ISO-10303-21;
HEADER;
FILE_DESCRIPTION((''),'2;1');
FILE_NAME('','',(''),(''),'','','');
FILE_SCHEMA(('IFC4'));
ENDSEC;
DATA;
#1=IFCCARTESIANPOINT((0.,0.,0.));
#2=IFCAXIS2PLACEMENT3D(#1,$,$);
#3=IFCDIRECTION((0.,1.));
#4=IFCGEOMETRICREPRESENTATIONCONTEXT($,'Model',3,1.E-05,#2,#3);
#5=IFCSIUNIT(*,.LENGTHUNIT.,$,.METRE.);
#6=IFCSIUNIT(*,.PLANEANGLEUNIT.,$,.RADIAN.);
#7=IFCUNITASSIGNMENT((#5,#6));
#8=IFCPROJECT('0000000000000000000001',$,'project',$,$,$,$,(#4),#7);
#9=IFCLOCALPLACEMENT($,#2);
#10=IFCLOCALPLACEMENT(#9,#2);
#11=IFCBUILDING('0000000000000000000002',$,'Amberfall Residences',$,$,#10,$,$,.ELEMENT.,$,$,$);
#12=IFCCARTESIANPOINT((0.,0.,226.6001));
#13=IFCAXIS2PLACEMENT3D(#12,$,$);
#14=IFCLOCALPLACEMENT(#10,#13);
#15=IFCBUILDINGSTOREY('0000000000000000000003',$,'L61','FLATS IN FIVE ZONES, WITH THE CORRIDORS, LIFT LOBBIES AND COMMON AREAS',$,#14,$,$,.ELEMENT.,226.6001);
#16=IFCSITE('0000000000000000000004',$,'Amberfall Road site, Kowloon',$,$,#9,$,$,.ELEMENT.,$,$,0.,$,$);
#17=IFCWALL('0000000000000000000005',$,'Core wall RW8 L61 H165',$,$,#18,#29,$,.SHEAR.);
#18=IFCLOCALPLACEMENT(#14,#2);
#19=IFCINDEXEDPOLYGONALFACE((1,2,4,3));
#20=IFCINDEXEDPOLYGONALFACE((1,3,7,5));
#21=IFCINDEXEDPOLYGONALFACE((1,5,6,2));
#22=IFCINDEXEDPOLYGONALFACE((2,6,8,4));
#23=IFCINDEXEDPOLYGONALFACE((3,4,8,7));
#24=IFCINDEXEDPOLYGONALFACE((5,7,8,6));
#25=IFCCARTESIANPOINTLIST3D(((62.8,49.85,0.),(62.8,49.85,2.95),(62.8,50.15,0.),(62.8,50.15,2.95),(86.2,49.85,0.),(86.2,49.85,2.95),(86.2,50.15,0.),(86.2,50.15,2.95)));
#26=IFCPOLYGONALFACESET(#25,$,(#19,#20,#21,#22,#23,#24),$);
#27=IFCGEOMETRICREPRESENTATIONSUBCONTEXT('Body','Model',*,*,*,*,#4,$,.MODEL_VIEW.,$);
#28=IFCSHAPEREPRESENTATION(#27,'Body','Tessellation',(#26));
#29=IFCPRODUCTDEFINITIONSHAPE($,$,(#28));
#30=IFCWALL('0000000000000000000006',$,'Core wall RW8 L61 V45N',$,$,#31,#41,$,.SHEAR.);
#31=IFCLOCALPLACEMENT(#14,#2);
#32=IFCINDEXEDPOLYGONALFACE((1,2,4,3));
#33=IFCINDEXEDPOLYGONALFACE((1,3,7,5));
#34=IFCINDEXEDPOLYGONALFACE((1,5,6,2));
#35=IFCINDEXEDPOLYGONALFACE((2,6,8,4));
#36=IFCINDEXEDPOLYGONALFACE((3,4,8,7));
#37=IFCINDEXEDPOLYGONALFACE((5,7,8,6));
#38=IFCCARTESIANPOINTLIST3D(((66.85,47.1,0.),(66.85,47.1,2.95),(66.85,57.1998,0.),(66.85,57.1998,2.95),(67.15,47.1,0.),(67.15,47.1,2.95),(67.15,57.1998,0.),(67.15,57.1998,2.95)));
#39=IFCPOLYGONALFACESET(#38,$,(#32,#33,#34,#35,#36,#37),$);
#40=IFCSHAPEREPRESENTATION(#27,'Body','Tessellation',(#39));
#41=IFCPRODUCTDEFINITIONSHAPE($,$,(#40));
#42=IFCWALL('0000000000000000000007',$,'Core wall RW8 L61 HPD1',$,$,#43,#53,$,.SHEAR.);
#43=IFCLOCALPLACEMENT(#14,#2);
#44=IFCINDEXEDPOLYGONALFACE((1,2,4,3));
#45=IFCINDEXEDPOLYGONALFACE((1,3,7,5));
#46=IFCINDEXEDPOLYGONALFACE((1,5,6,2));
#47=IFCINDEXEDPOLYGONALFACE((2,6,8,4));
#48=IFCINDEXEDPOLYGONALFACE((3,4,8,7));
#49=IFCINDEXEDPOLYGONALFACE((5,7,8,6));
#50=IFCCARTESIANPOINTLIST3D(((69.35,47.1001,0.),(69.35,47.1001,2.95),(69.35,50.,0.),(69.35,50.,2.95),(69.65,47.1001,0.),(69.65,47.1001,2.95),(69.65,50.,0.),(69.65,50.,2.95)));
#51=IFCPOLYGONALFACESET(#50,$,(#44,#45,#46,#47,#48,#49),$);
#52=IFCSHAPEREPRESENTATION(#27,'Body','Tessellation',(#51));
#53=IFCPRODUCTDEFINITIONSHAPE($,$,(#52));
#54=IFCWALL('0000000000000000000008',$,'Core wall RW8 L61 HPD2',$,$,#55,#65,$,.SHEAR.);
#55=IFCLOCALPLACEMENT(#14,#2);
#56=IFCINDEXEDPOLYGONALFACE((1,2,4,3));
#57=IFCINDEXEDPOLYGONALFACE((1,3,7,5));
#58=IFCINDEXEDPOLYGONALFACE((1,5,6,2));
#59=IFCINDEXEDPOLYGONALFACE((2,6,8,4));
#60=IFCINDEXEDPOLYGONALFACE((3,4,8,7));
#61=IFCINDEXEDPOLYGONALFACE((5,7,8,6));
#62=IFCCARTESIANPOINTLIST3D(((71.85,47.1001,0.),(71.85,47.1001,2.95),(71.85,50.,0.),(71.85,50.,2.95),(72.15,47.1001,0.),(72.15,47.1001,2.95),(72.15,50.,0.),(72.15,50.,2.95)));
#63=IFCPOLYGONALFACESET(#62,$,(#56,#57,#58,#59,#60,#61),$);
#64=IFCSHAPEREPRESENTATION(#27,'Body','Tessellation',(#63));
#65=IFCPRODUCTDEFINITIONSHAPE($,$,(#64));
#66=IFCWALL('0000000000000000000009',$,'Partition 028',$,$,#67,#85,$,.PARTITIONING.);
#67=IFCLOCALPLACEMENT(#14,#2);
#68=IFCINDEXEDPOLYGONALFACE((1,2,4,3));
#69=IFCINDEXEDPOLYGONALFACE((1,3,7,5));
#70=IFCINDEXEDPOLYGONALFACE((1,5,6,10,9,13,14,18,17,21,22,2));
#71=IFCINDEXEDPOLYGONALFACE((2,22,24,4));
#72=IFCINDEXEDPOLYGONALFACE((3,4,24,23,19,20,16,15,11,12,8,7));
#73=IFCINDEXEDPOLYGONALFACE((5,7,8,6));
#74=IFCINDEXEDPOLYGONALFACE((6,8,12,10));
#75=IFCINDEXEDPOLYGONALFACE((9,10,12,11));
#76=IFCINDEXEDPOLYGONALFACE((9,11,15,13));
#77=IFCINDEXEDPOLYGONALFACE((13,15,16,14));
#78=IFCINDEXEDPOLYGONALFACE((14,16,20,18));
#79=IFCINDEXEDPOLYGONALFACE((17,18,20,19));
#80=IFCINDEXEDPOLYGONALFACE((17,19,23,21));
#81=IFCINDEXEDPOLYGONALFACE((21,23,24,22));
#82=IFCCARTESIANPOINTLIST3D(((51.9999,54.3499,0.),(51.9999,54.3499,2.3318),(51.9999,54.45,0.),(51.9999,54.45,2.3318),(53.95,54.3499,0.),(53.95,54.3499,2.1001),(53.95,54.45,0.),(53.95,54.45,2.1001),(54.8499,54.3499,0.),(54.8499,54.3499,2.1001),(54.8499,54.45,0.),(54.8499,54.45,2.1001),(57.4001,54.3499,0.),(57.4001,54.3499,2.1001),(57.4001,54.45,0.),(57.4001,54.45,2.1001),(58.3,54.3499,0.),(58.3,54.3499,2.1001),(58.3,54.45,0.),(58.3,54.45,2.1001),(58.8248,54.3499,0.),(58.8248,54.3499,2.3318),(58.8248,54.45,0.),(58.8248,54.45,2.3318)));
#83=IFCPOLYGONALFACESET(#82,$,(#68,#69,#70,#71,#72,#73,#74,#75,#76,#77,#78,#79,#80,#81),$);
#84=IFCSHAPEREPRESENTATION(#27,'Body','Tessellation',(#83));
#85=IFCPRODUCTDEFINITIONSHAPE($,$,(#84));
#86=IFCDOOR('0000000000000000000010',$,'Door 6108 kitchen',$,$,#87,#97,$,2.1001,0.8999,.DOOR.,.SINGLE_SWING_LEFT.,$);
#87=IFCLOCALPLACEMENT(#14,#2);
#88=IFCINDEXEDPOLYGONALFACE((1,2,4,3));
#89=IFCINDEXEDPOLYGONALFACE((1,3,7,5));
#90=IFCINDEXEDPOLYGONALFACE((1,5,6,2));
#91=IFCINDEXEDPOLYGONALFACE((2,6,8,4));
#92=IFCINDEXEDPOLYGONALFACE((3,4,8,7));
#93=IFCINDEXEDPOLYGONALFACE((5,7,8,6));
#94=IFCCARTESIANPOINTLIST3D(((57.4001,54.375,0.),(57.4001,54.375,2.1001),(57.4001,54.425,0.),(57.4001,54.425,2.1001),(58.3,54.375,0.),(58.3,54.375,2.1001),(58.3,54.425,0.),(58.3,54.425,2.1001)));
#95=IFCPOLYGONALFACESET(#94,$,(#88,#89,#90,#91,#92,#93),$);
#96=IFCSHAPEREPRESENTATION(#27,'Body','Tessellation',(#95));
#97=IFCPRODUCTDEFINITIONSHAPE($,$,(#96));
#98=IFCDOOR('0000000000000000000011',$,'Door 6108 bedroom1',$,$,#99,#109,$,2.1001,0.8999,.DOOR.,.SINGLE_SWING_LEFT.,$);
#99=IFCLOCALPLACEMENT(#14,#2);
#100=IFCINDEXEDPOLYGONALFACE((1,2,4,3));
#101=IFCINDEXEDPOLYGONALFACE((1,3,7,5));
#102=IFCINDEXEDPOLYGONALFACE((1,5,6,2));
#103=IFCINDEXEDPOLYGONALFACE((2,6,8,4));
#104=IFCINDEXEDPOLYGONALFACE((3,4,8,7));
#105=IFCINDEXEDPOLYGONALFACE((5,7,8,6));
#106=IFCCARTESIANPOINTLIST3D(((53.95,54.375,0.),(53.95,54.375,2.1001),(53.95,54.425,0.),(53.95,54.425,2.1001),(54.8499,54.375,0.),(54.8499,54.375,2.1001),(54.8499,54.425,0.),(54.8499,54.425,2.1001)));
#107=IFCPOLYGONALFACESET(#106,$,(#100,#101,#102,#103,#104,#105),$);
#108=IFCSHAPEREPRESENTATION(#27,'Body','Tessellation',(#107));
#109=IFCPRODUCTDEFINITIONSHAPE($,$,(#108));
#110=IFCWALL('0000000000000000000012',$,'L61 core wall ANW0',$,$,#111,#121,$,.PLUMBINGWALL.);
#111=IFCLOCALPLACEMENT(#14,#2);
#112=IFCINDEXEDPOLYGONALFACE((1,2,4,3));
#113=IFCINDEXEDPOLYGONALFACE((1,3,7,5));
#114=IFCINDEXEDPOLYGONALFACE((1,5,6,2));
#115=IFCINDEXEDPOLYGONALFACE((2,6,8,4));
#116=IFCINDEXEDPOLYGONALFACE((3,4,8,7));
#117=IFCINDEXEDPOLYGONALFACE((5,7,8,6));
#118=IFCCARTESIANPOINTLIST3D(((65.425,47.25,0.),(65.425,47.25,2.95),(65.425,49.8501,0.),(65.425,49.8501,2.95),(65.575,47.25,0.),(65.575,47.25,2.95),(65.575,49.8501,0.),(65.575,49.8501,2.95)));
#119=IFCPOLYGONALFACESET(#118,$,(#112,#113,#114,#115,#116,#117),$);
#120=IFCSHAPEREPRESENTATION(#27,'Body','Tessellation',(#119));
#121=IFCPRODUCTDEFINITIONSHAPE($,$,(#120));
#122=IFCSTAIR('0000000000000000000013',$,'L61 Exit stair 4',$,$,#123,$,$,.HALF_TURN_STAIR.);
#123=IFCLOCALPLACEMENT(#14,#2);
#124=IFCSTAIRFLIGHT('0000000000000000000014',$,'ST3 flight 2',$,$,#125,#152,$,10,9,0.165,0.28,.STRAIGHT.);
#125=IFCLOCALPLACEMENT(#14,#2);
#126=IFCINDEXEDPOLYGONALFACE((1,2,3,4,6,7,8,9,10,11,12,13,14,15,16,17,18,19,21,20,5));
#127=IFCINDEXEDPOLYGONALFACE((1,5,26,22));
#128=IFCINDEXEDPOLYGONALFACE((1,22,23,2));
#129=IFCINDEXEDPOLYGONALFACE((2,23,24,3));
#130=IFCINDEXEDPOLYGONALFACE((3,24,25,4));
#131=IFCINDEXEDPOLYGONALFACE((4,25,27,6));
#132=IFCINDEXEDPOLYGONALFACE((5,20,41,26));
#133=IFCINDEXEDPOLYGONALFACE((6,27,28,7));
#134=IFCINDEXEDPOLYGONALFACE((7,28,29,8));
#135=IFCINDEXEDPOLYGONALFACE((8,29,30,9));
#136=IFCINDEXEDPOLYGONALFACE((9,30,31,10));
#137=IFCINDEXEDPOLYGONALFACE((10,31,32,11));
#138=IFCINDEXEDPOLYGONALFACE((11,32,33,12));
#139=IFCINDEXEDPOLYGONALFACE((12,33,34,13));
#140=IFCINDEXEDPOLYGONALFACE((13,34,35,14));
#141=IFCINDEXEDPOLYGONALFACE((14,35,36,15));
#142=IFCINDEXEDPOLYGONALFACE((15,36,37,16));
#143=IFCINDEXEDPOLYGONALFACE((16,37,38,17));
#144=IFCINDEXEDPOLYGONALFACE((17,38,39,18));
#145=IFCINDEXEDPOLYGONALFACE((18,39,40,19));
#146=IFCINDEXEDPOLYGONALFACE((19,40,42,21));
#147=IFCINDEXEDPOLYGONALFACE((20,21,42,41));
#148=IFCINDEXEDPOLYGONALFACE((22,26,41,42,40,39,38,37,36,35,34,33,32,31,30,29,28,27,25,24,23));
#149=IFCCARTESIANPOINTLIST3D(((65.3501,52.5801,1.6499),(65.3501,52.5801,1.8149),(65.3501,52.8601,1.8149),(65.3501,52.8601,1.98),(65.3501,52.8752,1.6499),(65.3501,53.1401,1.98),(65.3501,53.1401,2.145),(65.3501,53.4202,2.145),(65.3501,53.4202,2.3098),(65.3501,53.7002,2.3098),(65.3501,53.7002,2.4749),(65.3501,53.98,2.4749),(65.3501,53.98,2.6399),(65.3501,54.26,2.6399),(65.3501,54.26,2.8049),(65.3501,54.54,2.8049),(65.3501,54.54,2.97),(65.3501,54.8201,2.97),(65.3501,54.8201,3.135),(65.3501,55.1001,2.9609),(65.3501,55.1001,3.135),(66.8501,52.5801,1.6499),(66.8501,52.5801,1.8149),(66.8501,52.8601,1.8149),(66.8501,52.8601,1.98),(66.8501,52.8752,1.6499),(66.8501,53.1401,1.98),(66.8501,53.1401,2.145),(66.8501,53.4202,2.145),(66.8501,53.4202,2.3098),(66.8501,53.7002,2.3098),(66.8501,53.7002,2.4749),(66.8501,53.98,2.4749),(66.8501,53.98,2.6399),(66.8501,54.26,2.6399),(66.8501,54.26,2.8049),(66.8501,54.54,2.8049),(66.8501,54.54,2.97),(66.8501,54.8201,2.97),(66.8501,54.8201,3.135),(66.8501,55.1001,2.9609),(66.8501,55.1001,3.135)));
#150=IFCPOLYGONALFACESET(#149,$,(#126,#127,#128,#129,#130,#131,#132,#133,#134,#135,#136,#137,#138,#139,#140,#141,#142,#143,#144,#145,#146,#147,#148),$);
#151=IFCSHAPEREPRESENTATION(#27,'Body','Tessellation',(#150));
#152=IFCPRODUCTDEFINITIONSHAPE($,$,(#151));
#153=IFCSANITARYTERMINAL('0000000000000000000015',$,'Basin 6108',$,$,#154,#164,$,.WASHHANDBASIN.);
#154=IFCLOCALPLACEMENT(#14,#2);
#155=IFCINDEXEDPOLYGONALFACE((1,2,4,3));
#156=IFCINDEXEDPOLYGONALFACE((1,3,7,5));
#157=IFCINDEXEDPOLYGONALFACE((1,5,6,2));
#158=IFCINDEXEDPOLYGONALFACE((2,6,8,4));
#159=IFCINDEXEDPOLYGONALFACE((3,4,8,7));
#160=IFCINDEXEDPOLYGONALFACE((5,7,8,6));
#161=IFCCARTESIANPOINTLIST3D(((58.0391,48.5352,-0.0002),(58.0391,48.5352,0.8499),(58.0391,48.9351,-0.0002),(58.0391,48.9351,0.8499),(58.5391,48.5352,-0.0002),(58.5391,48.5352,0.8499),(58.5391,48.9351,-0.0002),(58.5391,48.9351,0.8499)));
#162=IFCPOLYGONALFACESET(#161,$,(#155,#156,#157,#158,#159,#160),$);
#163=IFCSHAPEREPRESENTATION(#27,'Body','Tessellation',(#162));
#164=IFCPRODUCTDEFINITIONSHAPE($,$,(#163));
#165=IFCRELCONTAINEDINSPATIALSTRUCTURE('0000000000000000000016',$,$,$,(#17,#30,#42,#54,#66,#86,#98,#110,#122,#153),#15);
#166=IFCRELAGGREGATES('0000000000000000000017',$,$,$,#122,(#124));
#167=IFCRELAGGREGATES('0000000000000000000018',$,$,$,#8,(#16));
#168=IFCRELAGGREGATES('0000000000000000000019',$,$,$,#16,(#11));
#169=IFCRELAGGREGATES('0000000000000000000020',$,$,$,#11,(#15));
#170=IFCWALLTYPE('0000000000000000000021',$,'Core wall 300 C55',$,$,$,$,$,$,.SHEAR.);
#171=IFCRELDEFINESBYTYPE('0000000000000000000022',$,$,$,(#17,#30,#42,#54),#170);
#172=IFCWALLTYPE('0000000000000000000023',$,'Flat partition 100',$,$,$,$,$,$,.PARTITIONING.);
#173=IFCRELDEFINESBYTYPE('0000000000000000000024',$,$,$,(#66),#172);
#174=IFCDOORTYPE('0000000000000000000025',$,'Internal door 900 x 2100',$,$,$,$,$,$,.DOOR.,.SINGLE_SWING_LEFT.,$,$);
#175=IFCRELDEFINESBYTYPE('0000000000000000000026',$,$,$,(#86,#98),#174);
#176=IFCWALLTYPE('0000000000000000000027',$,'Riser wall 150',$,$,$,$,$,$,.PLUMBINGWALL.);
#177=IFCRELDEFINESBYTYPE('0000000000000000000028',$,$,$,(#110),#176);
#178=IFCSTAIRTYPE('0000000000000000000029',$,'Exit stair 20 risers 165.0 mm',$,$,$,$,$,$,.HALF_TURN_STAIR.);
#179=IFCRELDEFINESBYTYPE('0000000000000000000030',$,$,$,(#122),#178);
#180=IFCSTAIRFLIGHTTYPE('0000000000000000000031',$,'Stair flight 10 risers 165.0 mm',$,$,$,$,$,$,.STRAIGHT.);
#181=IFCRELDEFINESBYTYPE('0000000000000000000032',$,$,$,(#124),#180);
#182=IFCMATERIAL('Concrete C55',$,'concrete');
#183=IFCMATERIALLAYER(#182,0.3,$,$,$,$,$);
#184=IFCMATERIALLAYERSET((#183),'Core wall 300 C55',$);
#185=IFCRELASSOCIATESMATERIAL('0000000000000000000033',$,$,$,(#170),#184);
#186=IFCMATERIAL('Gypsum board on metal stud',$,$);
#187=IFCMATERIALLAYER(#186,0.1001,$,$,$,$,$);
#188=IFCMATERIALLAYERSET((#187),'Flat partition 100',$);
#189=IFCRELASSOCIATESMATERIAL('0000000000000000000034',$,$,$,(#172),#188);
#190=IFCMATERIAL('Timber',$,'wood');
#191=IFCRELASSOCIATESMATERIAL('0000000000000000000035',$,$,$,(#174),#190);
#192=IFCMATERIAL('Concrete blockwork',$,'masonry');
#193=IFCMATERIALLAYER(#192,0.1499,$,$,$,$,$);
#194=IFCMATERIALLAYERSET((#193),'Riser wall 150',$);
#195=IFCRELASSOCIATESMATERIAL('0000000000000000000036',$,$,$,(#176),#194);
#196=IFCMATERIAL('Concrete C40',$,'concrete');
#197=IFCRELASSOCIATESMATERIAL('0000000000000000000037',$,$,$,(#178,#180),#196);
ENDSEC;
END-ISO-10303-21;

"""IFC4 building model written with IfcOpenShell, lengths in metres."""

from ifc_helpers import new_model, si_unit, direction, frame, frame_2d, origin, origin_2d, place, context, subcontext, project, spatial, polyline, rectangle, outline, extrude, material, layer, layer_set, type_object, element, fill, aggregate, save


model = new_model("IFC4")

# Units and contexts
model_context = context("Model", 3, precision=1e-05, world=origin(), true_north=direction((0.0, 1.0)))
body_context = subcontext(model_context, "Body", "Model", "MODEL_VIEW")
ifc_project = project(units=[si_unit("LENGTHUNIT", "METRE"), si_unit("PLANEANGLEUNIT", "RADIAN")], contexts=[model_context])

# Site, building, storey
site_placement = place(None, origin())
site = spatial("IfcSite", under=ifc_project, at=site_placement, Name="Amberfall Road site, Kowloon", CompositionType="ELEMENT", RefElevation=0.0)
building_placement = place(site_placement, origin())
building = spatial("IfcBuilding", under=site, at=building_placement, Name="Amberfall Residences", CompositionType="ELEMENT")
storey_placement = place(building_placement, frame((0.0, 0.0, 226.6001)))
storey = spatial("IfcBuildingStorey", under=building, at=storey_placement, Name="L61", Description="FLATS IN FIVE ZONES, WITH THE CORRIDORS, LIFT LOBBIES AND COMMON AREAS", CompositionType="ELEMENT", Elevation=226.6001)

# Shared definitions
ifc_material_1 = material(Name="Concrete C55", Category="concrete")
ifc_layer_1 = layer(ifc_material_1, 0.3)
ifc_layer_set_1 = layer_set([ifc_layer_1], Name="Core wall 300 C55")
wall_type_1 = type_object("IfcWallType", Name="Core wall 300 C55", PredefinedType="SHEAR", material=ifc_layer_set_1)

# Walls
wall_1_placement = place(storey_placement, frame((62.8, 50.0, 0.0), z_axis=(0.0, 0.0, 1.0), x_axis=(1.0, 0.0, 0.0)))
element("IfcWall", 1, at=wall_1_placement, inside=storey, type_object=wall_type_1, Name="Core wall RW8 L61 H165", PredefinedType="SHEAR", context=body_context, shape_type="SweptSolid", body=[
    extrude(rectangle(XDim=23.3999, YDim=0.3, at=frame_2d((11.7, 0.0))), origin(), (0.0, 0.0, 1.0), 2.95),
])
wall_2_placement = place(storey_placement, frame((67.0, 47.1001, 0.0), z_axis=(0.0, 0.0, 1.0), x_axis=(0.0, 1.0, 0.0)))
element("IfcWall", 2, at=wall_2_placement, inside=storey, type_object=wall_type_1, Name="Core wall RW8 L61 V45N", PredefinedType="SHEAR", context=body_context, shape_type="SweptSolid", body=[
    extrude(rectangle(XDim=10.0999, YDim=0.3, at=frame_2d((5.0498, 0.0))), origin(), (0.0, 0.0, 1.0), 2.95),
])
for number, where, z_axis, x_axis, name in (
    (3, (69.5, 47.1001, 0.0), (0.0, 0.0, 1.0), (0.0, 1.0, 0.0), "Core wall RW8 L61 HPD1"),
    (4, (72.0, 47.1001, 0.0), (0.0, 0.0, 1.0), (0.0, 1.0, 0.0), "Core wall RW8 L61 HPD2"),
):
    element("IfcWall", number, at=place(storey_placement, frame(where, z_axis=z_axis, x_axis=x_axis)), inside=storey, type_object=wall_type_1, Name=name, PredefinedType="SHEAR", context=body_context, shape_type="SweptSolid", body=[
        extrude(rectangle(XDim=2.8999, YDim=0.3, at=frame_2d((1.45, 0.0))), origin(), (0.0, 0.0, 1.0), 2.95),
    ])

# Wall, openings, doors
ifc_material_2 = material(Name="Gypsum board on metal stud")
ifc_layer_2 = layer(ifc_material_2, 0.1001)
ifc_layer_set_2 = layer_set([ifc_layer_2], Name="Flat partition 100")
wall_type_2 = type_object("IfcWallType", Name="Flat partition 100", PredefinedType="PARTITIONING", material=ifc_layer_set_2)
wall_3_placement = place(storey_placement, frame((58.825, 54.3999, 0.0), z_axis=(0.0, 0.0, 1.0), x_axis=(-1.0, 0.0, 0.0)))
wall_3 = element("IfcWall", 5, at=wall_3_placement, inside=storey, type_object=wall_type_2, Name="Partition 028", PredefinedType="PARTITIONING", context=body_context, shape_type="SweptSolid", body=[
    extrude(rectangle(XDim=6.825, YDim=0.1001, at=frame_2d((3.4126, 0.0))), origin(), (0.0, 0.0, 1.0), 2.3318),
])
opening_1_placement = place(wall_3_placement, frame((0.5249, 0.0, 0.0)))
opening_1 = element("IfcOpeningElement", 6, at=opening_1_placement, cuts=wall_3, PredefinedType="OPENING", context=body_context, shape_type="SweptSolid", body=[
    extrude(rectangle(XDim=0.8999, YDim=2.1001, at=frame_2d((0.45, 1.05))), frame((0.0, 0.0601, 0.0), z_axis=(0.0, -1.0, 0.0), x_axis=(1.0, 0.0, 0.0)), (0.0, 0.0, 1.0), 0.1201),
])
opening_2_placement = place(wall_3_placement, frame((3.9751, 0.0, 0.0)))
opening_2 = element("IfcOpeningElement", 7, at=opening_2_placement, cuts=wall_3, PredefinedType="OPENING", context=body_context, shape_type="SweptSolid", body=[
    extrude(rectangle(XDim=0.8999, YDim=2.1001, at=frame_2d((0.45, 1.05))), frame((0.0, 0.0601, 0.0), z_axis=(0.0, -1.0, 0.0), x_axis=(1.0, 0.0, 0.0)), (0.0, 0.0, 1.0), 0.1201),
])
ifc_material_3 = material(Name="Timber", Category="wood")
door_type_1 = type_object("IfcDoorType", Name="Internal door 900 x 2100", OperationType="SINGLE_SWING_LEFT", PredefinedType="DOOR", material=ifc_material_3)
door_1_placement = place(opening_1_placement, origin())
door_1 = element("IfcDoor", 8, at=door_1_placement, inside=storey, type_object=door_type_1, Name="Door 6108 kitchen", OperationType="SINGLE_SWING_LEFT", OverallHeight=2.1001, OverallWidth=0.8999, PredefinedType="DOOR", context=body_context, shape_type="SweptSolid", body=[
    extrude(rectangle(XDim=0.8999, YDim=2.1001, at=frame_2d((0.45, 1.05))), frame((0.0, 0.0249, 0.0), z_axis=(0.0, -1.0, 0.0), x_axis=(1.0, 0.0, 0.0)), (0.0, 0.0, 1.0), 0.05),
])
fill(opening_1, door_1)
door_2_placement = place(opening_2_placement, origin())
door_2 = element("IfcDoor", 9, at=door_2_placement, inside=storey, type_object=door_type_1, Name="Door 6108 bedroom1", OperationType="SINGLE_SWING_LEFT", OverallHeight=2.1001, OverallWidth=0.8999, PredefinedType="DOOR", context=body_context, shape_type="SweptSolid", body=[
    extrude(rectangle(XDim=0.8999, YDim=2.1001, at=frame_2d((0.45, 1.05))), frame((0.0, 0.0249, 0.0), z_axis=(0.0, -1.0, 0.0), x_axis=(1.0, 0.0, 0.0)), (0.0, 0.0, 1.0), 0.05),
])
fill(opening_2, door_2)

# Wall
ifc_material_4 = material(Name="Concrete blockwork", Category="masonry")
ifc_layer_3 = layer(ifc_material_4, 0.1499)
ifc_layer_set_3 = layer_set([ifc_layer_3], Name="Riser wall 150")
wall_type_3 = type_object("IfcWallType", Name="Riser wall 150", PredefinedType="PLUMBINGWALL", material=ifc_layer_set_3)
wall_4_placement = place(storey_placement, frame((65.5, 47.25, 0.0), z_axis=(0.0, 0.0, 1.0), x_axis=(0.0, 1.0, 0.0)))
element("IfcWall", 10, at=wall_4_placement, inside=storey, type_object=wall_type_3, Name="L61 core wall ANW0", PredefinedType="PLUMBINGWALL", context=body_context, shape_type="SweptSolid", body=[
    extrude(rectangle(XDim=2.6001, YDim=0.1499, at=frame_2d((1.3, 0.0))), origin(), (0.0, 0.0, 1.0), 2.95),
])

# Stair, stair flight
ifc_material_5 = material(Name="Concrete C40", Category="concrete")
stair_type = type_object("IfcStairType", Name="Exit stair 20 risers 165.0 mm", PredefinedType="HALF_TURN_STAIR", material=ifc_material_5)
stair_placement = place(storey_placement, origin())
stair = element("IfcStair", 11, at=stair_placement, inside=storey, type_object=stair_type, Name="L61 Exit stair 4", PredefinedType="HALF_TURN_STAIR")
stair_flight_type = type_object("IfcStairFlightType", Name="Stair flight 10 risers 165.0 mm", PredefinedType="STRAIGHT", material=ifc_material_5)
stair_flight_placement = place(storey_placement, frame((66.1001, 52.5801, 1.6499), z_axis=(0.0, 0.0, 1.0), x_axis=(0.0, 1.0, 0.0)))
stair_flight = element("IfcStairFlight", 12, at=stair_flight_placement, type_object=stair_flight_type, Name="ST3 flight 2", NumberOfRisers=10, NumberOfTreads=9, PredefinedType="STRAIGHT", RiserHeight=0.165, TreadLength=0.28, context=body_context, shape_type="SweptSolid", body=[
    extrude(outline(polyline([(0.0, 0.0), (0.0, 0.165), (0.28, 0.165), (0.28, 0.3301), (0.5601, 0.3301), (0.5601, 0.4951), (0.8401, 0.4951), (0.8401, 0.6599), (1.1201, 0.6599), (1.1201, 0.825), (1.3999, 0.825), (1.3999, 0.99), (1.6799, 0.99), (1.6799, 1.155), (1.96, 1.155), (1.96, 1.3201), (2.24, 1.3201), (2.24, 1.4851), (2.52, 1.4851), (2.52, 1.6499), (2.52, 1.311), (0.2952, 0.0), (0.0, 0.0)])), frame((0.0, 0.75, 0.0), z_axis=(0.0, -1.0, 0.0), x_axis=(1.0, 0.0, 0.0)), (0.0, 0.0, 1.0), 1.5),
])
aggregate(stair, [stair_flight])

# Sanitary terminal
sanitary_terminal_placement = place(storey_placement, frame((58.2891, 48.7351, -0.0002), z_axis=(0.0, 0.0, 1.0), x_axis=(1.0, 0.0, 0.0)))
element("IfcSanitaryTerminal", 13, at=sanitary_terminal_placement, inside=storey, Name="Basin 6108", PredefinedType="WASHHANDBASIN", context=body_context, shape_type="SweptSolid", body=[
    extrude(rectangle(XDim=0.5, YDim=0.3999, at=origin_2d()), origin(), (0.0, 0.0, 1.0), 0.8501),
])

save(model, "model.ifc")
